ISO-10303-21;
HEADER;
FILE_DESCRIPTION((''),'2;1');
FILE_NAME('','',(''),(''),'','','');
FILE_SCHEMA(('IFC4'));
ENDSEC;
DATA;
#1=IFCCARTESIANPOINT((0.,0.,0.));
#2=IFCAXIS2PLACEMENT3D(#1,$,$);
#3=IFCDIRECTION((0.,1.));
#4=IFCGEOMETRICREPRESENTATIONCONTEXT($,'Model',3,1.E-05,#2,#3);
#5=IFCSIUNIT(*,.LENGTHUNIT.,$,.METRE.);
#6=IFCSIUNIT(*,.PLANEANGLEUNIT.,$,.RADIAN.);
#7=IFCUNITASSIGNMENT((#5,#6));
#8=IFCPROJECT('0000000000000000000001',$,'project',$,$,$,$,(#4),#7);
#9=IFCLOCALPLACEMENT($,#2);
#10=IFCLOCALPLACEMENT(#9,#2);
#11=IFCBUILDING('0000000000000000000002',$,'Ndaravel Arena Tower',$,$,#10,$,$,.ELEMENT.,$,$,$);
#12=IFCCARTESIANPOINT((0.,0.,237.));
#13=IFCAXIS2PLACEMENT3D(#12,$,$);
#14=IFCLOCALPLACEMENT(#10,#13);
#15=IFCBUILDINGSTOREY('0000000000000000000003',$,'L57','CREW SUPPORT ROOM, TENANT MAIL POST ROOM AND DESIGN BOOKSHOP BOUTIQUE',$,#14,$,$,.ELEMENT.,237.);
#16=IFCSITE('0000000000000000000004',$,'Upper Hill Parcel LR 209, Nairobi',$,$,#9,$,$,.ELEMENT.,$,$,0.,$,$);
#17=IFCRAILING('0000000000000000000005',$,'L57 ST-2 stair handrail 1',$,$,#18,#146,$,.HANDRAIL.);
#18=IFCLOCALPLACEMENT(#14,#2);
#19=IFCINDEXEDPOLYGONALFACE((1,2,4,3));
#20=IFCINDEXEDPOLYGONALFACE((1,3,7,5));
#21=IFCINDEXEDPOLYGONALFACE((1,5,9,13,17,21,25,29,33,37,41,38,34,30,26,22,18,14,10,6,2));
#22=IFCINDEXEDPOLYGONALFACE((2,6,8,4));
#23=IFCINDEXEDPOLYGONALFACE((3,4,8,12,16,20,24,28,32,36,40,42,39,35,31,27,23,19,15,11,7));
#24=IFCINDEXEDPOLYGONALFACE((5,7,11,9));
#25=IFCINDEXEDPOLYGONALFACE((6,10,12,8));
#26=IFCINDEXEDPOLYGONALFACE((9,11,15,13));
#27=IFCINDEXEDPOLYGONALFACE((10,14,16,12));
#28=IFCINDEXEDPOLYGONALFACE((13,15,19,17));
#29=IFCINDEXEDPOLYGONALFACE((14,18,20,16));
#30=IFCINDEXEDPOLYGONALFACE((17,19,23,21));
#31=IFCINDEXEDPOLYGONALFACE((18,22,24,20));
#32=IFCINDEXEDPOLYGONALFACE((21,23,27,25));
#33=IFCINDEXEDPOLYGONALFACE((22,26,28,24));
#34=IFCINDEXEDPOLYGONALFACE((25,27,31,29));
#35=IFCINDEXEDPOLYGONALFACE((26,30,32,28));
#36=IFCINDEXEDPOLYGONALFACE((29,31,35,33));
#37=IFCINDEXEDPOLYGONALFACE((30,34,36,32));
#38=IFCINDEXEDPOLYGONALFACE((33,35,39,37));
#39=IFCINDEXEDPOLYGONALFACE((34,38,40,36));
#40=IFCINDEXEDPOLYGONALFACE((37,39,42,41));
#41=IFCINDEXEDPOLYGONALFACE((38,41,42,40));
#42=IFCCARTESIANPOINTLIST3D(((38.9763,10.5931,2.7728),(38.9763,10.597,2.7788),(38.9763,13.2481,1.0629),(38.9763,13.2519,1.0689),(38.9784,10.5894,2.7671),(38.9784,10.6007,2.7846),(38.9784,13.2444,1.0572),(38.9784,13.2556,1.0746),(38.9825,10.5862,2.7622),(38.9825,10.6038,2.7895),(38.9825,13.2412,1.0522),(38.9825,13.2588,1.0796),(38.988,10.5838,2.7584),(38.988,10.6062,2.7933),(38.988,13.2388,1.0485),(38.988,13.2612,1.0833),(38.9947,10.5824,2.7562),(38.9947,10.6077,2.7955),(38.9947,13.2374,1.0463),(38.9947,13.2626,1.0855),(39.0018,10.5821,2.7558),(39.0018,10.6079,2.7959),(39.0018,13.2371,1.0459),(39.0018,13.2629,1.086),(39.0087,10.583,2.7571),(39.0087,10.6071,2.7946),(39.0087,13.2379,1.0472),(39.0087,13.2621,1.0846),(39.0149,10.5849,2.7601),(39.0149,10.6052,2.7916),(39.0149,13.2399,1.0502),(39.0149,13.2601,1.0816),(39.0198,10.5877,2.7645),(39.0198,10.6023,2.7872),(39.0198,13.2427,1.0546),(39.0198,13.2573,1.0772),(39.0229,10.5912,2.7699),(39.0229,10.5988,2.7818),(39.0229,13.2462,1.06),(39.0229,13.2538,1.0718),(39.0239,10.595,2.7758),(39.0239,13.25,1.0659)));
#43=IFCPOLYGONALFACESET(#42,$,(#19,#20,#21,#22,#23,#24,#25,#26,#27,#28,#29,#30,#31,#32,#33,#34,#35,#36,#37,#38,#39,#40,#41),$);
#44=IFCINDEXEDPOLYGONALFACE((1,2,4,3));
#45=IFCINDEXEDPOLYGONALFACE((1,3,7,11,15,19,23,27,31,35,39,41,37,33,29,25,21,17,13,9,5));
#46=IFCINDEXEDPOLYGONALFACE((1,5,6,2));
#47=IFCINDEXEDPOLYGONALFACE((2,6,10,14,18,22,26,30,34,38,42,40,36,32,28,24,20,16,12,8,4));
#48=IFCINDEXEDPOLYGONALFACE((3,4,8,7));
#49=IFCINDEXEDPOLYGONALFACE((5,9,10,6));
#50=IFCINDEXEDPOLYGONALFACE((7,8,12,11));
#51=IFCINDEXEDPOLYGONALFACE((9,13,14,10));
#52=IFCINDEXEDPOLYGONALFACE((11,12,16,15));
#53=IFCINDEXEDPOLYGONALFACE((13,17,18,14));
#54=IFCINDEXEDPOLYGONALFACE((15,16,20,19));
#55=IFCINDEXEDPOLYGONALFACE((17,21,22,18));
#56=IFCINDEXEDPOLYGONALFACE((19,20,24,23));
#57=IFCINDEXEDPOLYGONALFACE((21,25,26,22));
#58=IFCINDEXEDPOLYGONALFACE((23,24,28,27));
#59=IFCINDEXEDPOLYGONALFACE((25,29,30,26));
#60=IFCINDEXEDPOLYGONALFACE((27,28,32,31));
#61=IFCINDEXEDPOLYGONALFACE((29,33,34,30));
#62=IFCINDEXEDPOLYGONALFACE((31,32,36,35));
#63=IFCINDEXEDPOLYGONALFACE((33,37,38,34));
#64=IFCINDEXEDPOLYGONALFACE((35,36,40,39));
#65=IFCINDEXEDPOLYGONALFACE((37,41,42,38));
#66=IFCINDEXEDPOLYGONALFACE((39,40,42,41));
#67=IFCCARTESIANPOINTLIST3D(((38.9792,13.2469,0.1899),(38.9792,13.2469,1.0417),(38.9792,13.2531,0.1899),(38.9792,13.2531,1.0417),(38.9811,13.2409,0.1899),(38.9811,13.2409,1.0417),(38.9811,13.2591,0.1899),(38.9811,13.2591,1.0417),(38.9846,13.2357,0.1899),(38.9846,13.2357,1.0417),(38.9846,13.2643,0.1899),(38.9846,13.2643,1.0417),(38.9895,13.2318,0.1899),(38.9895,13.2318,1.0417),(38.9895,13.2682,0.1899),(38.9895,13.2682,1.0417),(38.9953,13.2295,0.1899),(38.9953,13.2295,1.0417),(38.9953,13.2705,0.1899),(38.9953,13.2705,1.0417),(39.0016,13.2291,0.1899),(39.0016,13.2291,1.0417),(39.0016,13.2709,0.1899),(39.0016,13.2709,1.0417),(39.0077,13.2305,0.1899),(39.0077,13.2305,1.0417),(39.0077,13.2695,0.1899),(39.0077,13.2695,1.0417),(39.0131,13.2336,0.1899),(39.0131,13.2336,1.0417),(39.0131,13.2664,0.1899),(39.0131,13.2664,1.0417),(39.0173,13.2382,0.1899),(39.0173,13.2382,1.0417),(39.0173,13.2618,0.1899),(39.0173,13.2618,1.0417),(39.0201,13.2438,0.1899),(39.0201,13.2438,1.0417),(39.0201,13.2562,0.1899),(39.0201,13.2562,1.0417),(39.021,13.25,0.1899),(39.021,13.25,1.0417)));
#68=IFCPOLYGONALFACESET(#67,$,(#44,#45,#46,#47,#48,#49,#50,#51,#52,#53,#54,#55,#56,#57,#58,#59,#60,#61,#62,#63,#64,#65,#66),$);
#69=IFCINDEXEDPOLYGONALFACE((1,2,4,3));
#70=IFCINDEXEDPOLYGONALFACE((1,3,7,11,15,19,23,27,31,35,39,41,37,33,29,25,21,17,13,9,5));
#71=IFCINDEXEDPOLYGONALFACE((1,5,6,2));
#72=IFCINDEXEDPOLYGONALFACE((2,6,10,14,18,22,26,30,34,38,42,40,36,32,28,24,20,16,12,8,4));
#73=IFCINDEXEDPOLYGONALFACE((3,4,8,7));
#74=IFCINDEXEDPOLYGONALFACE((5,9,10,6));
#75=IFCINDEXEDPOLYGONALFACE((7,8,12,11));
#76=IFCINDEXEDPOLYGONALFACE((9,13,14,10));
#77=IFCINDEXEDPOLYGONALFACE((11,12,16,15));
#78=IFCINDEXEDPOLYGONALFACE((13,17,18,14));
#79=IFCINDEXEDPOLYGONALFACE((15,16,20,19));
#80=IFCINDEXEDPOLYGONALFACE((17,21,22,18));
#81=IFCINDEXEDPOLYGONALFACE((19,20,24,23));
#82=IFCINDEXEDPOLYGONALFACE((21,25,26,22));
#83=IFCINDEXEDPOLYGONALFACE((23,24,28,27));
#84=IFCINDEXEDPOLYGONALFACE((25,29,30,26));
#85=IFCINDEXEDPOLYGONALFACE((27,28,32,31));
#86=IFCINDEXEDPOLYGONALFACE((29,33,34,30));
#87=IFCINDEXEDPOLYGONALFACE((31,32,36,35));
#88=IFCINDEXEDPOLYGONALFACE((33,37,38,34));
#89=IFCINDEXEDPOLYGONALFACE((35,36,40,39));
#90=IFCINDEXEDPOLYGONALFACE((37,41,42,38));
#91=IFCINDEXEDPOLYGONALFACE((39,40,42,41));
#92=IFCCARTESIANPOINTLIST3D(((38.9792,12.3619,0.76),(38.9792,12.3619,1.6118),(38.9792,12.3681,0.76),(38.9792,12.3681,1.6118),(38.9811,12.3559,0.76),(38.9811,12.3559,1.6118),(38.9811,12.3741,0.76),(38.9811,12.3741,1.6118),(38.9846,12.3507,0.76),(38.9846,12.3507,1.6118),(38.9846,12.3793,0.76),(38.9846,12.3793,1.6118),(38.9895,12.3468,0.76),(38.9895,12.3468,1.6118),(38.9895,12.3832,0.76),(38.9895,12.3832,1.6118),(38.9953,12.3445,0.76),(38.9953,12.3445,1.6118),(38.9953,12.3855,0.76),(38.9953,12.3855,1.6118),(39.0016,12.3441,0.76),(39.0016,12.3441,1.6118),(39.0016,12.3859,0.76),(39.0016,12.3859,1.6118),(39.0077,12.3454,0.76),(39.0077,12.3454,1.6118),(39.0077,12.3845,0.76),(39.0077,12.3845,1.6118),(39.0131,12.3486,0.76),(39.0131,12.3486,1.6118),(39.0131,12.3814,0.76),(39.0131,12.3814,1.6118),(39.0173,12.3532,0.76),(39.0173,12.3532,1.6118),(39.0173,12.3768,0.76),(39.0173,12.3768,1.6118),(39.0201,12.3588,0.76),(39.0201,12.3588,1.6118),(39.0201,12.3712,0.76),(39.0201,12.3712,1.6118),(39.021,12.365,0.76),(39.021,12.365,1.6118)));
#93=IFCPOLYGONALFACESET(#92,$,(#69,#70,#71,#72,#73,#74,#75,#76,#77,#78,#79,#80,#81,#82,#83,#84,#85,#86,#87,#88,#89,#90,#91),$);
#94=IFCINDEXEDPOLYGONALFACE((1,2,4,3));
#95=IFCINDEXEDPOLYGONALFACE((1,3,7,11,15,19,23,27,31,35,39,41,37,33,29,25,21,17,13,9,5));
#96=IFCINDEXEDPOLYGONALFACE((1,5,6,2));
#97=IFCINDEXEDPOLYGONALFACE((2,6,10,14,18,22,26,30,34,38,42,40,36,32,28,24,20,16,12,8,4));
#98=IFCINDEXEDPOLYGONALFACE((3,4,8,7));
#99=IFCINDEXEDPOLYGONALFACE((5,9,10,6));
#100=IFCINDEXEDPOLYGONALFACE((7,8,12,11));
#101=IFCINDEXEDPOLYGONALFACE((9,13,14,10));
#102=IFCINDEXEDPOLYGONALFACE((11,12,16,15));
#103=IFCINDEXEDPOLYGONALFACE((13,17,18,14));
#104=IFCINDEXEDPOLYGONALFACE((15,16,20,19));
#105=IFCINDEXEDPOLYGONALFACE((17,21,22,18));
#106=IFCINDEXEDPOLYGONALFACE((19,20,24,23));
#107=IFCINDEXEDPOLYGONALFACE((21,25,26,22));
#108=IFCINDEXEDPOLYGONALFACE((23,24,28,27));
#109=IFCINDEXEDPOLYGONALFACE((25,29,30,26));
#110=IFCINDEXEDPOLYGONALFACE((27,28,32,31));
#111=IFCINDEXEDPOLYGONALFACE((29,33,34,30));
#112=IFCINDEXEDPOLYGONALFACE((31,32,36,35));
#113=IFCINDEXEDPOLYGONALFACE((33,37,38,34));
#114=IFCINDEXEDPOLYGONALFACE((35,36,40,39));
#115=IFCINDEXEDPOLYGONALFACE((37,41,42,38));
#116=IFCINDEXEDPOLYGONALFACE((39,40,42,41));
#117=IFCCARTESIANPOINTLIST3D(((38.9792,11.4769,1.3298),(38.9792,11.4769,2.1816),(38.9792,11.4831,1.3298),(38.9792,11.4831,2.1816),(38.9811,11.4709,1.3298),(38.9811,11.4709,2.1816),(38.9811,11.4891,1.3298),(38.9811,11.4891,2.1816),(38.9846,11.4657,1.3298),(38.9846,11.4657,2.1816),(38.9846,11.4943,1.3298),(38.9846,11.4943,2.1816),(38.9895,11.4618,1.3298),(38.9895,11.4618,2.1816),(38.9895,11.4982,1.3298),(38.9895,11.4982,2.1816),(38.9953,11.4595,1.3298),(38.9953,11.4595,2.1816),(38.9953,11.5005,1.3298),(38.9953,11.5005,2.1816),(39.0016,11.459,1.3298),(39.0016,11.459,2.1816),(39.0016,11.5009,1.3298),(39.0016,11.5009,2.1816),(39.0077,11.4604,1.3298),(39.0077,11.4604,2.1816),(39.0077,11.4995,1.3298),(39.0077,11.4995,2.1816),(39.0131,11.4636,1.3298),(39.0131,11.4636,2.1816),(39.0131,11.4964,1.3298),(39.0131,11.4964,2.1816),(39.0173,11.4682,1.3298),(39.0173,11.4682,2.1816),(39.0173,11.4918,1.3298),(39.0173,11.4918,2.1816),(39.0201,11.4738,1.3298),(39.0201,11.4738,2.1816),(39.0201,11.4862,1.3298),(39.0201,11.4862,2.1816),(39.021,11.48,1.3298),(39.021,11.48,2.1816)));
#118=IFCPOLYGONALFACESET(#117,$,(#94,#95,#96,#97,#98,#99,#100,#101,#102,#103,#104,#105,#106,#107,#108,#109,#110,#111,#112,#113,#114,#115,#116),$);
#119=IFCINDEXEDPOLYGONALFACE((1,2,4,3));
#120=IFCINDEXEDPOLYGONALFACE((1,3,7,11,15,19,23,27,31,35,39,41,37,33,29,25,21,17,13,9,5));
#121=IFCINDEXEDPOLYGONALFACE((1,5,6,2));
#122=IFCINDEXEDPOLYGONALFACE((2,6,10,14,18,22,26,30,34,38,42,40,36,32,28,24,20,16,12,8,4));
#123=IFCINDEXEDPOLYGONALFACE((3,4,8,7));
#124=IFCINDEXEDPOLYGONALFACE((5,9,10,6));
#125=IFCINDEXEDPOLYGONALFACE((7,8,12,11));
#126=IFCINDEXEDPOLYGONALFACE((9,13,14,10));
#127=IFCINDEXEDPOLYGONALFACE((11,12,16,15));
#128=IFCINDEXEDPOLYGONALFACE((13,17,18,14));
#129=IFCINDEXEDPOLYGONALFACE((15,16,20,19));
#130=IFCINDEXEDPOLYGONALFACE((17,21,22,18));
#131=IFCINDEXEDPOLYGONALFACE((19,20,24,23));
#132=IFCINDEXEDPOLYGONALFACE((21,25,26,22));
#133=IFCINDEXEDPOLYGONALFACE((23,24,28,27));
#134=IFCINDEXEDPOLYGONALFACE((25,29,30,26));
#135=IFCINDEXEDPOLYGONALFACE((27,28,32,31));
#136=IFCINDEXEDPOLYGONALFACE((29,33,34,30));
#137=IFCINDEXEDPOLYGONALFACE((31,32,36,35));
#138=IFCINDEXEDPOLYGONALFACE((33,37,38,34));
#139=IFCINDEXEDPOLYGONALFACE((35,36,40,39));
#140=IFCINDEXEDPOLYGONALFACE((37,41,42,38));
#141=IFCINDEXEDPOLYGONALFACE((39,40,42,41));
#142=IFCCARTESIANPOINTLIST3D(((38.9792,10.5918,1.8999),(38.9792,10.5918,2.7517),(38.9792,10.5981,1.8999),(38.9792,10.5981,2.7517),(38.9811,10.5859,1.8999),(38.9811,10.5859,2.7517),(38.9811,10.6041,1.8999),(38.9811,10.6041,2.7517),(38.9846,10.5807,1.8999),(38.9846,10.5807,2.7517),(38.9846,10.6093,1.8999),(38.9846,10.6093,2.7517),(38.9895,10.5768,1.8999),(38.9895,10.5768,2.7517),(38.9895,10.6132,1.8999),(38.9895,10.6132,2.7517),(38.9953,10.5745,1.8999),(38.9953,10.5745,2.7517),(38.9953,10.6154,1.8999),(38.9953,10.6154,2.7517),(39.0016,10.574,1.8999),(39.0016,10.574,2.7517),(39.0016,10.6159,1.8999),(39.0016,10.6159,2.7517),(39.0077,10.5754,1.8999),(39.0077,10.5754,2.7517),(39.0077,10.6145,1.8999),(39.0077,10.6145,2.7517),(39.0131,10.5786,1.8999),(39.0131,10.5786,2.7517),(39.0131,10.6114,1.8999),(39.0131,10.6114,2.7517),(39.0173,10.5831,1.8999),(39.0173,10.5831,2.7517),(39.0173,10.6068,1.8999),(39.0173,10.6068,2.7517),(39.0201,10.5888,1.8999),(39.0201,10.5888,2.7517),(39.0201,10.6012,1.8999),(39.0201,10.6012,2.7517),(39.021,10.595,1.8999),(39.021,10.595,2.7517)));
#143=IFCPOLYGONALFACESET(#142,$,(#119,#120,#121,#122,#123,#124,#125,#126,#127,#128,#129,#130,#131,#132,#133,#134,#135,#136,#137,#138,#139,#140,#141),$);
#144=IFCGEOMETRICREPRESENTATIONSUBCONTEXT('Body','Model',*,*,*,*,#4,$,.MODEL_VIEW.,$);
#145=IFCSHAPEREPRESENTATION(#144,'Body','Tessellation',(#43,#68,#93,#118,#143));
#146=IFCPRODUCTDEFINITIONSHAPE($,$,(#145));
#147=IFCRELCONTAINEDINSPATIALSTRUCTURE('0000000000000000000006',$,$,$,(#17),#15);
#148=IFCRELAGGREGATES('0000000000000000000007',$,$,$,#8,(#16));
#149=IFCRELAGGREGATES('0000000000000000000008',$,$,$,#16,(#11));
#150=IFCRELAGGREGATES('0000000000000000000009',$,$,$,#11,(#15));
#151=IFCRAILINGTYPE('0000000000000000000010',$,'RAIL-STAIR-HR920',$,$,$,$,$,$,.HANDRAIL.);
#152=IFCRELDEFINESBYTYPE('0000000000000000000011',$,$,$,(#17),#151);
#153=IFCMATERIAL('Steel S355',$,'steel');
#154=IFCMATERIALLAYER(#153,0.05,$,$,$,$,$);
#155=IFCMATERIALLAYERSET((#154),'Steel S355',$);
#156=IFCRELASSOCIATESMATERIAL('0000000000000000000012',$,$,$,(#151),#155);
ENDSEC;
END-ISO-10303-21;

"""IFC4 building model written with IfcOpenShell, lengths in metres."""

from ifc_helpers import new_model, si_unit, direction, frame, origin, origin_2d, place, context, subcontext, project, spatial, circle, extrude, material, layer, layer_set, type_object, element, save


model = new_model("IFC4")

# Units and contexts
model_context = context("Model", 3, precision=1e-05, world=origin(), true_north=direction((0.0, 1.0)))
body_context = subcontext(model_context, "Body", "Model", "MODEL_VIEW")
ifc_project = project(units=[si_unit("LENGTHUNIT", "METRE"), si_unit("PLANEANGLEUNIT", "RADIAN")], contexts=[model_context])

# Site, building, storey
site_placement = place(None, origin())
site = spatial("IfcSite", under=ifc_project, at=site_placement, Name="Upper Hill Parcel LR 209, Nairobi", CompositionType="ELEMENT", RefElevation=0.0)
building_placement = place(site_placement, origin())
building = spatial("IfcBuilding", under=site, at=building_placement, Name="Ndaravel Arena Tower", CompositionType="ELEMENT")
storey_placement = place(building_placement, frame((0.0, 0.0, 237.0)))
storey = spatial("IfcBuildingStorey", under=building, at=storey_placement, Name="L57", Description="CREW SUPPORT ROOM, TENANT MAIL POST ROOM AND DESIGN BOOKSHOP BOUTIQUE", CompositionType="ELEMENT", Elevation=237.0)

# Railing
ifc_material_1 = material(Name="Steel S355", Category="steel")
ifc_layer_1 = layer(ifc_material_1, 0.05)
ifc_layer_set_1 = layer_set([ifc_layer_1], Name="Steel S355")
railing_type_1 = type_object("IfcRailingType", Name="RAIL-STAIR-HR920", PredefinedType="HANDRAIL", material=ifc_layer_set_1)
railing_1_placement = place(storey_placement, frame((39.0, 13.25, 0.1899)))
element("IfcRailing", 1, at=railing_1_placement, inside=storey, type_object=railing_type_1, Name="L57 ST-2 stair handrail 1", PredefinedType="HANDRAIL", context=body_context, shape_type="SweptSolid", body=[
    extrude(circle(Radius=0.0239, at=origin_2d()), frame((0.0, 0.0, 0.876), z_axis=(0.0, -0.840724, 0.541465), x_axis=(1.0, 0.0, 0.0)), (0.0, 0.0, 1.0), 3.158),
    extrude(circle(Radius=0.021, at=origin_2d()), origin(), (0.0, 0.0, 1.0), 0.8518),
    extrude(circle(Radius=0.021, at=origin_2d()), frame((0.0, -0.885, 0.5701)), (0.0, 0.0, 1.0), 0.8518),
    extrude(circle(Radius=0.021, at=origin_2d()), frame((0.0, -1.77, 1.1399)), (0.0, 0.0, 1.0), 0.8518),
    extrude(circle(Radius=0.021, at=origin_2d()), frame((0.0, -2.655, 1.71)), (0.0, 0.0, 1.0), 0.8518),
])

save(model, "model.ifc")
